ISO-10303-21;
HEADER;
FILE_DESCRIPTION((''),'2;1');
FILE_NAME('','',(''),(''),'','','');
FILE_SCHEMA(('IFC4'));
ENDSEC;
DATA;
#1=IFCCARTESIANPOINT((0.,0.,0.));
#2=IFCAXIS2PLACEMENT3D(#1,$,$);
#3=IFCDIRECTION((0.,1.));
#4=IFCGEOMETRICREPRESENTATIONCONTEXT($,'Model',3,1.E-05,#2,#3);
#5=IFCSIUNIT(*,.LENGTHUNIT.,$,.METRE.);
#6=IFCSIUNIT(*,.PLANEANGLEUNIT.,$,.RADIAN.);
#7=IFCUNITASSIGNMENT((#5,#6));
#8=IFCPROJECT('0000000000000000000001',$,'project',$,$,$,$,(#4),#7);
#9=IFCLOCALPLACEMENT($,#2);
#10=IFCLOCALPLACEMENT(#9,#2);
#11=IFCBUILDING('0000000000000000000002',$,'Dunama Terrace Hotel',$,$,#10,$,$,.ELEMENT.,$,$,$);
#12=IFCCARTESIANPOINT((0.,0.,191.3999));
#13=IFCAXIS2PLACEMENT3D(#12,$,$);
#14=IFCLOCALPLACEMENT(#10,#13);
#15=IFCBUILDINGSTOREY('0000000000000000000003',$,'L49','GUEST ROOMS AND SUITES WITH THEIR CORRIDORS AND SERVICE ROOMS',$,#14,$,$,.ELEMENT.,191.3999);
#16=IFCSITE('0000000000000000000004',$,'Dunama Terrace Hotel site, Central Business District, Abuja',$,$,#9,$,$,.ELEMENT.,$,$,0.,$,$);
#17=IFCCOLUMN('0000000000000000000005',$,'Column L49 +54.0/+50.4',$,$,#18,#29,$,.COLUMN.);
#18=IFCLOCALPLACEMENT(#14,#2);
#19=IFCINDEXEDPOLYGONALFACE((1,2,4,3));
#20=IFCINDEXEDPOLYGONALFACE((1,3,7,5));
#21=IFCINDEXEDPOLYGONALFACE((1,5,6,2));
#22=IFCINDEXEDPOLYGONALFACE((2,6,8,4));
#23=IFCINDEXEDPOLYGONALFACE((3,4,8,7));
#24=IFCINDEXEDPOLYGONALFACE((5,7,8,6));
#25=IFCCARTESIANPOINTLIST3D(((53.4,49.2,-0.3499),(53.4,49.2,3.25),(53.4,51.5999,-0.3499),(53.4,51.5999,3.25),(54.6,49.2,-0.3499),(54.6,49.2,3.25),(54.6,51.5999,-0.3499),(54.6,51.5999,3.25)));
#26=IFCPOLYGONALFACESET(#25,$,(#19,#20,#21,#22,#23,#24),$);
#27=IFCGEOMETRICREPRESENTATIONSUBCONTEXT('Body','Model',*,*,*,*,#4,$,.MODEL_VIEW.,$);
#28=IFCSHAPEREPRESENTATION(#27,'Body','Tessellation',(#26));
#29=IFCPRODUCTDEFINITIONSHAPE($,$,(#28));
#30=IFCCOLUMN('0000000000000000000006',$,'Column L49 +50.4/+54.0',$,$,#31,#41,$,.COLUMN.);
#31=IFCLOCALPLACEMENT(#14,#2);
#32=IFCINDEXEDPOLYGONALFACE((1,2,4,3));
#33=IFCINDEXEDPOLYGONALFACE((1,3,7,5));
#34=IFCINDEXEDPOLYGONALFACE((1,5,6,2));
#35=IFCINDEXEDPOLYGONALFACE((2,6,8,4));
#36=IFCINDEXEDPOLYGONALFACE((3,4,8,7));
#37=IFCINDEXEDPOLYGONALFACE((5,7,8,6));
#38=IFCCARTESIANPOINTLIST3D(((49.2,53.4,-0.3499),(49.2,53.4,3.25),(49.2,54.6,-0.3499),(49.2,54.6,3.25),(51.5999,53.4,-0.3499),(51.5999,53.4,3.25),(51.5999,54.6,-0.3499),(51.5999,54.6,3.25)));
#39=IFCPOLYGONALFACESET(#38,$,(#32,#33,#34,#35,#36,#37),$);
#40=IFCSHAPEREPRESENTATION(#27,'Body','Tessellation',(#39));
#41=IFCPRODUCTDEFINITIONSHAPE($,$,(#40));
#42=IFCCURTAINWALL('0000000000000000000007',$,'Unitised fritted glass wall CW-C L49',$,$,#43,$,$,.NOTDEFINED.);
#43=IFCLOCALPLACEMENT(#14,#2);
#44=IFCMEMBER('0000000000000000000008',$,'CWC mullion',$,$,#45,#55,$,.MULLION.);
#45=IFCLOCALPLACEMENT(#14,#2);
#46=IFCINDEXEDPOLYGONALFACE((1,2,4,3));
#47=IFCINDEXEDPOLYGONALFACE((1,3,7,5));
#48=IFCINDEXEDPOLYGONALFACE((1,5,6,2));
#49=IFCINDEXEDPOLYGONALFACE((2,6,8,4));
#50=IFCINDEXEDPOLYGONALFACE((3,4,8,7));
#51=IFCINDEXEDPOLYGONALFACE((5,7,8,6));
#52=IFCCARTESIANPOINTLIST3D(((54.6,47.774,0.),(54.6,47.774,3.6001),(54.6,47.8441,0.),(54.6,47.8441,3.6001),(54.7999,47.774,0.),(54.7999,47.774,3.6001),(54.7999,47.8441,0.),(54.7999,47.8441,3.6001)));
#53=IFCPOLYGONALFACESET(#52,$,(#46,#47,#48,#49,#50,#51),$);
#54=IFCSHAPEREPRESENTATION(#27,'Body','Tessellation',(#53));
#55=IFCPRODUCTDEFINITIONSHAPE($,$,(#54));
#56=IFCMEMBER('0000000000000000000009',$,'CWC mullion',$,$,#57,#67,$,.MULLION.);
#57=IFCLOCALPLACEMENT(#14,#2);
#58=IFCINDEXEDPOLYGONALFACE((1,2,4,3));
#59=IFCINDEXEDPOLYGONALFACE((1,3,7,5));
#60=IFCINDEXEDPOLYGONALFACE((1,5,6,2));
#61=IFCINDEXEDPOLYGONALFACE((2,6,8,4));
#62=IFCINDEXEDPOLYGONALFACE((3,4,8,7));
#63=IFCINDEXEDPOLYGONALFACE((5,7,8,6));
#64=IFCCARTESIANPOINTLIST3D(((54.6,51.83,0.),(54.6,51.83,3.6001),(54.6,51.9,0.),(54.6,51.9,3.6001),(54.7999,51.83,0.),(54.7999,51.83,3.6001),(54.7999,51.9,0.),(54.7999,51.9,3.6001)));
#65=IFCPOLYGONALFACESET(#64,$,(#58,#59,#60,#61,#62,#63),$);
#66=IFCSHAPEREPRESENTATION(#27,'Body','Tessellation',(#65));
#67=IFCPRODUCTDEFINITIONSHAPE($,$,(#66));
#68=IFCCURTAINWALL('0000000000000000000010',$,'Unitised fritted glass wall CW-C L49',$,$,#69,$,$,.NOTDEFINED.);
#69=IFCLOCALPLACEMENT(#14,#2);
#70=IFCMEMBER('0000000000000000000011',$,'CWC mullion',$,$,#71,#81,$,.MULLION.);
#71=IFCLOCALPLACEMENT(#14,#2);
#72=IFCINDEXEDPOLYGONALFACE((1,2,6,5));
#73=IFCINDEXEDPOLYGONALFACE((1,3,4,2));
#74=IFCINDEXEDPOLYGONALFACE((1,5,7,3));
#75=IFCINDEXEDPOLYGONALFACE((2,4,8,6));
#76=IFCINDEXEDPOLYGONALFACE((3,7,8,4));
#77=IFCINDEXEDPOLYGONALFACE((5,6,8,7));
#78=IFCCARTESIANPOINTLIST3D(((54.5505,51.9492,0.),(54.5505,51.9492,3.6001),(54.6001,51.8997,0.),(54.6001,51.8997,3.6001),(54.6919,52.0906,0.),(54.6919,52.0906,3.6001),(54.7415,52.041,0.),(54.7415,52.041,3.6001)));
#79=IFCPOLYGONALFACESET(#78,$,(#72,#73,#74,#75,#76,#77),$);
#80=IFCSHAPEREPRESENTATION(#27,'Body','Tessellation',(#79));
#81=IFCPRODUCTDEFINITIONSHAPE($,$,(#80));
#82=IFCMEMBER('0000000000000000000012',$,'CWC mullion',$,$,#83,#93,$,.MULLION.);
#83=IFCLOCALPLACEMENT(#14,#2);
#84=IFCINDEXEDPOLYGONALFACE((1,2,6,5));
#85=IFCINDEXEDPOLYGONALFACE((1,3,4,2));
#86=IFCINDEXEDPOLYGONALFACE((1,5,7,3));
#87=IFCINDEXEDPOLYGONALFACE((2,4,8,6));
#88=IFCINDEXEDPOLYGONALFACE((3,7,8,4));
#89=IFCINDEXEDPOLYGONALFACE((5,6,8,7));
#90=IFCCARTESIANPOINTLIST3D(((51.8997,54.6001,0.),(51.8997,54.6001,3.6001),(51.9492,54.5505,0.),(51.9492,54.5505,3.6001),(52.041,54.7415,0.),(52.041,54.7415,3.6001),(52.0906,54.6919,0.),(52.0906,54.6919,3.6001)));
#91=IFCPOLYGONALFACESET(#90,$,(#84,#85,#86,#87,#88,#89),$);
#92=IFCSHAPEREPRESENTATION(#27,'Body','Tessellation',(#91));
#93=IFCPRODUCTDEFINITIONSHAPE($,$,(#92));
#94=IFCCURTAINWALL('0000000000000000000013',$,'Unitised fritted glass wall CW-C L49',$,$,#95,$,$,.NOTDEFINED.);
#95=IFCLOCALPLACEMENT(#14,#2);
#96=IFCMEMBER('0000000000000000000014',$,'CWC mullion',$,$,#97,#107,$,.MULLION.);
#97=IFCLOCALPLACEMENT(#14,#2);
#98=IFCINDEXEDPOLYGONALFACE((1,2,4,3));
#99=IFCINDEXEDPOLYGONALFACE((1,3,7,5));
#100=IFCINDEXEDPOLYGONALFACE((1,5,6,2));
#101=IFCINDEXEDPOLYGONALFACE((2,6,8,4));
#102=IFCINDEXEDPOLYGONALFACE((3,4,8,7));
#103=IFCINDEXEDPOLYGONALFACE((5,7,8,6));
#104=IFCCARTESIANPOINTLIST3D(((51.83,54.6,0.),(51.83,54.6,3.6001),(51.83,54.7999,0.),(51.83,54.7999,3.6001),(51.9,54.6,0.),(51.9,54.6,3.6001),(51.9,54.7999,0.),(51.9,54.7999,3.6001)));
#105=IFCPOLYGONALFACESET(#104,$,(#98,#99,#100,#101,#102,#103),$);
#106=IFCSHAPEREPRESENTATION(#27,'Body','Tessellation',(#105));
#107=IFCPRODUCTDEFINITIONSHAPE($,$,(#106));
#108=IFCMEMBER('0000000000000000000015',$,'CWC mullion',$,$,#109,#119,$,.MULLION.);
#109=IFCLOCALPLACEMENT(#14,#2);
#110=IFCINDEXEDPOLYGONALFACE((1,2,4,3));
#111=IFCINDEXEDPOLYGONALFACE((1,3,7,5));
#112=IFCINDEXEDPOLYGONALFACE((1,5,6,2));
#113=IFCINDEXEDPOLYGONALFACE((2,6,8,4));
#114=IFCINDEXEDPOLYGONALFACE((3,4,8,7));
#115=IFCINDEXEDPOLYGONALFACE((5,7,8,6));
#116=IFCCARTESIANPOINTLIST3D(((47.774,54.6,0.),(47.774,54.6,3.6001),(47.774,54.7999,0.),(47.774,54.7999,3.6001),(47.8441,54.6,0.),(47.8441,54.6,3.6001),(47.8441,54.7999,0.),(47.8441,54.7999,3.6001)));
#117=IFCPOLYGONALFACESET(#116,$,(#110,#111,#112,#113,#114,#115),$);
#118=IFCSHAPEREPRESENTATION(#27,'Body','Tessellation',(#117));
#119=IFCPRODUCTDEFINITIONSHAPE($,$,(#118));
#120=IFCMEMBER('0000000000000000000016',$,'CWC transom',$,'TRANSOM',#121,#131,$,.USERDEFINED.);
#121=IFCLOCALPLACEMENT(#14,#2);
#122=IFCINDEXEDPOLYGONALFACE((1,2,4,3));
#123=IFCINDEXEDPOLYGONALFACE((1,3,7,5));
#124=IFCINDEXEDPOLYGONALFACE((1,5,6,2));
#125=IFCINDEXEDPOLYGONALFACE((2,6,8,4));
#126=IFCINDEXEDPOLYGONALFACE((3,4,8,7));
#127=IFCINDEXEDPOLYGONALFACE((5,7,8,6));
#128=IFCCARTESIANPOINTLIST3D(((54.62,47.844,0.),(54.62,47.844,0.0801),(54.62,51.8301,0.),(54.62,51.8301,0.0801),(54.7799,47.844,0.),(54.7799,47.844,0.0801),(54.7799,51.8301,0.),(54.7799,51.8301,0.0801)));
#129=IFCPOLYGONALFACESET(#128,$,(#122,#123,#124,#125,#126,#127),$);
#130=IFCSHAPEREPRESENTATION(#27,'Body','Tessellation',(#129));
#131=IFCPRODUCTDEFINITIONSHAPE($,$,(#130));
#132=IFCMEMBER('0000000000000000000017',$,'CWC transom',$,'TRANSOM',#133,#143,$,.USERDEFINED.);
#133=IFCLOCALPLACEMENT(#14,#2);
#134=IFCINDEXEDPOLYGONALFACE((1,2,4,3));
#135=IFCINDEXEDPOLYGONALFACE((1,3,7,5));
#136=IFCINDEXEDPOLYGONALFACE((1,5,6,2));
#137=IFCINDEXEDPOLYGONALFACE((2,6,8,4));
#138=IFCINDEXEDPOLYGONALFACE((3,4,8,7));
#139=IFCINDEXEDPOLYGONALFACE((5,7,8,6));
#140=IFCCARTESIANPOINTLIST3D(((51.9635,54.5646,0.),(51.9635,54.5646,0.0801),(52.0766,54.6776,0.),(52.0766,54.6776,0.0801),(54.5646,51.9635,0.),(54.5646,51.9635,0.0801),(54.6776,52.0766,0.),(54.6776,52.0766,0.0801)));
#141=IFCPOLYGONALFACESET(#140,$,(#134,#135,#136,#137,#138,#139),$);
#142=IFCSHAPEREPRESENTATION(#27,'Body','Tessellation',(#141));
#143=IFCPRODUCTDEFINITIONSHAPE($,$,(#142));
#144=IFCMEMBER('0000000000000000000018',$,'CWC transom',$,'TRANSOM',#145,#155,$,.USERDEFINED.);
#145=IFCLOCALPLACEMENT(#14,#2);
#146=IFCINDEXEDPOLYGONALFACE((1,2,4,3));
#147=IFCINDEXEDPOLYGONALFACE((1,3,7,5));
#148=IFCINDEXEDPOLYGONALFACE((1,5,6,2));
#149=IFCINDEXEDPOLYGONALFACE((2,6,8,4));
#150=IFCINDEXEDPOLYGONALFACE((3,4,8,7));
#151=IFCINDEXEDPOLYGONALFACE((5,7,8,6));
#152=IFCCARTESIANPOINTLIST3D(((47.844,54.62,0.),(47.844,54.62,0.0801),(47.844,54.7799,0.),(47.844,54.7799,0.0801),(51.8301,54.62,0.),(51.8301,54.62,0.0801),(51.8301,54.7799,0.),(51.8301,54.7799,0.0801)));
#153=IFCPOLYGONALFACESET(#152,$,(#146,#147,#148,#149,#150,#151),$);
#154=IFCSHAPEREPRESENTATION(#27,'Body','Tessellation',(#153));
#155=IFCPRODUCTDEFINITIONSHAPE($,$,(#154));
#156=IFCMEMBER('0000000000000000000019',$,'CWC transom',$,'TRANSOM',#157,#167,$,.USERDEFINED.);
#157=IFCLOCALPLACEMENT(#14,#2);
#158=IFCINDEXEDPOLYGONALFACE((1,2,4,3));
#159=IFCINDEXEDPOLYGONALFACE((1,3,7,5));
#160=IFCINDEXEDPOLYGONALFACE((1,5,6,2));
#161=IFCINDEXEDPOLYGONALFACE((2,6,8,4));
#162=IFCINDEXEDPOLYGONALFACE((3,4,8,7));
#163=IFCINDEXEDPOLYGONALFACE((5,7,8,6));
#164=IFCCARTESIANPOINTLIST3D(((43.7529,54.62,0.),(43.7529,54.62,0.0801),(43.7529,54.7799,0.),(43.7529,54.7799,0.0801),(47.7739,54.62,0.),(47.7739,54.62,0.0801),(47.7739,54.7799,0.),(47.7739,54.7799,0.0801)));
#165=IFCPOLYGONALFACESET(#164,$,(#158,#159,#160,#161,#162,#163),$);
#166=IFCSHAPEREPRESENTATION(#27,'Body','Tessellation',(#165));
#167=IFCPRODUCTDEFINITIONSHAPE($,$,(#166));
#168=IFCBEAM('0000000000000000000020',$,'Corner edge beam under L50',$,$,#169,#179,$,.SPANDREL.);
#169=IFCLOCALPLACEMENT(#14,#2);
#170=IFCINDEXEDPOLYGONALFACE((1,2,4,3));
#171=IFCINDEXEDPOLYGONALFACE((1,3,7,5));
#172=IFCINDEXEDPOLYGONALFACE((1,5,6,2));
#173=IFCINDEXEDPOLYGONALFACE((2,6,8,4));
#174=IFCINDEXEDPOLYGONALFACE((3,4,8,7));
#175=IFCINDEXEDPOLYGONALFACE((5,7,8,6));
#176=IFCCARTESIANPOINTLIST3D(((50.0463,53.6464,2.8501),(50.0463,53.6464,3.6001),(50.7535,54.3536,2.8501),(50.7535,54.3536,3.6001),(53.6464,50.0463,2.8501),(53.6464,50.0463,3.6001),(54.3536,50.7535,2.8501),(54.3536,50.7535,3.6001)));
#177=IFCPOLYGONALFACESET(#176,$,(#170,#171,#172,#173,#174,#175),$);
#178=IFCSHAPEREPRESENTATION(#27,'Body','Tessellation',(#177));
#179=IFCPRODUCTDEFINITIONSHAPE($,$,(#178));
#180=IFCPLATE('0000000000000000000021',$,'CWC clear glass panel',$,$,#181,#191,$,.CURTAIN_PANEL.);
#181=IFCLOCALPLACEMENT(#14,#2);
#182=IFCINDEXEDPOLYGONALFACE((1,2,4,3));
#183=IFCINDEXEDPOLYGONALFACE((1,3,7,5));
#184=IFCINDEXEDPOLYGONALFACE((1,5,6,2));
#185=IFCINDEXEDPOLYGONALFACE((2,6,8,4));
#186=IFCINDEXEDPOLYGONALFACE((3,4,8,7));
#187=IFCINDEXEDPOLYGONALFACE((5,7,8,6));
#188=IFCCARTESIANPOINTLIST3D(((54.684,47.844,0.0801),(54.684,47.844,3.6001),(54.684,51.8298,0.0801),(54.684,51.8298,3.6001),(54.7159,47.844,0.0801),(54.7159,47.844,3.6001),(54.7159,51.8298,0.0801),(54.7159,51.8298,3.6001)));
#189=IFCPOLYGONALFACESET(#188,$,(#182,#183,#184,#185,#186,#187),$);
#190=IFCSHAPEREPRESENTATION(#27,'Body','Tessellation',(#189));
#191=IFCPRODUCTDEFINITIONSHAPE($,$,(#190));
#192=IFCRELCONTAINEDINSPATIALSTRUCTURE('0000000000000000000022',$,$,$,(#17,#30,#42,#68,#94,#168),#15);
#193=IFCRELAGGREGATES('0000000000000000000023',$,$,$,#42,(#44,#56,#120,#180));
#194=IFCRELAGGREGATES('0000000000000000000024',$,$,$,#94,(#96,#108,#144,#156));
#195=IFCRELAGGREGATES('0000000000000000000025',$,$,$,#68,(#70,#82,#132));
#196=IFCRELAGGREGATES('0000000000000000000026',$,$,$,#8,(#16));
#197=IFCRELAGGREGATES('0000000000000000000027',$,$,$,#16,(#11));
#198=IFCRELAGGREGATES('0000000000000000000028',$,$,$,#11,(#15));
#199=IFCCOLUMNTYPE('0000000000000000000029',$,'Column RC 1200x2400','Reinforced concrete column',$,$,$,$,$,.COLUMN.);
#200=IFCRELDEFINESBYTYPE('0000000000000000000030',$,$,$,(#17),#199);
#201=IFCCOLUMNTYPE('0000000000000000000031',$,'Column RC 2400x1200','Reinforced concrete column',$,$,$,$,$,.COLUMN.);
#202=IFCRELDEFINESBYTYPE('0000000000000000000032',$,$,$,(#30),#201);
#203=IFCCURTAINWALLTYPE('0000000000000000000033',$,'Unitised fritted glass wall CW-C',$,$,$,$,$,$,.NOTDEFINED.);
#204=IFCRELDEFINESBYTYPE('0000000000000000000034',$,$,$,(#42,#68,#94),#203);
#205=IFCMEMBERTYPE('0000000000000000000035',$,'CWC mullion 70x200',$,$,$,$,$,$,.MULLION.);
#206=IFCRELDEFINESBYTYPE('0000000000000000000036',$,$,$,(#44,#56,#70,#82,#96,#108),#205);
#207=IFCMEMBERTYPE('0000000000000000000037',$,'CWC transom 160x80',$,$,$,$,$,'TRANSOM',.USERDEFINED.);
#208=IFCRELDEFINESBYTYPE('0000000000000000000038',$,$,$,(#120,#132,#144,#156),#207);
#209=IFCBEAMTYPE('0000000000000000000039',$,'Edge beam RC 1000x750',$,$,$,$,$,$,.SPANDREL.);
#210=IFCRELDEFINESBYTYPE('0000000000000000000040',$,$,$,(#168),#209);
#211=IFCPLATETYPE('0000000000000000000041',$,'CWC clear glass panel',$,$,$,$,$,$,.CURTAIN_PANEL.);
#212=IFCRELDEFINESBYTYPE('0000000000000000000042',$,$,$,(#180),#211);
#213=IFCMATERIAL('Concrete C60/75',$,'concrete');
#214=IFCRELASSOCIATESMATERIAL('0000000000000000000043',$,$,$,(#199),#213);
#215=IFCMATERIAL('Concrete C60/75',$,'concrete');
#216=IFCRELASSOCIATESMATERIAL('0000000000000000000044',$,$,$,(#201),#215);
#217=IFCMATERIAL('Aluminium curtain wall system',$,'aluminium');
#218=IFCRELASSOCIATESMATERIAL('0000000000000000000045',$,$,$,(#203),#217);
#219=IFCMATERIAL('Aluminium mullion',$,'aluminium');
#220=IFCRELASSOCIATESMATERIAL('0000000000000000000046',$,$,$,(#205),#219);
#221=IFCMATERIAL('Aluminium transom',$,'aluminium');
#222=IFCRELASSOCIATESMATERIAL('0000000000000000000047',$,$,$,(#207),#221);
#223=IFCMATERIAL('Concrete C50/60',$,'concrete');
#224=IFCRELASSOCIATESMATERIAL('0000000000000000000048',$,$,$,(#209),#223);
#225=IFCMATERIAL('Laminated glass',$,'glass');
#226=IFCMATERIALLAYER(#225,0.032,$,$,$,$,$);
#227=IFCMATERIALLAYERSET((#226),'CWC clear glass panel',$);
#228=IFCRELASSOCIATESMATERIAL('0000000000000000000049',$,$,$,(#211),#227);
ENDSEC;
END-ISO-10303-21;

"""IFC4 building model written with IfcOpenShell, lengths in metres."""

from ifc_helpers import new_model, si_unit, direction, frame, origin, origin_2d, place, context, subcontext, project, spatial, rectangle, extrude, material, layer, layer_set, material_profile, profile_set, type_object, element, aggregate, save


model = new_model("IFC4")

# Units and contexts
model_context = context("Model", 3, precision=1e-05, world=origin(), true_north=direction((0.0, 1.0)))
body_context = subcontext(model_context, "Body", "Model", "MODEL_VIEW")
ifc_project = project(units=[si_unit("LENGTHUNIT", "METRE"), si_unit("PLANEANGLEUNIT", "RADIAN")], contexts=[model_context])

# Site, building, storey
site_placement = place(None, origin())
site = spatial("IfcSite", under=ifc_project, at=site_placement, Name="Dunama Terrace Hotel site, Central Business District, Abuja", CompositionType="ELEMENT", RefElevation=0.0)
building_placement = place(site_placement, origin())
building = spatial("IfcBuilding", under=site, at=building_placement, Name="Dunama Terrace Hotel", CompositionType="ELEMENT")
storey_placement = place(building_placement, frame((0.0, 0.0, 191.3999)))
storey = spatial("IfcBuildingStorey", under=building, at=storey_placement, Name="L49", Description="GUEST ROOMS AND SUITES WITH THEIR CORRIDORS AND SERVICE ROOMS", CompositionType="ELEMENT", Elevation=191.3999)

# Columns
ifc_material_1 = material(Name="Concrete C60/75", Category="concrete")
ifc_material_profile_1 = material_profile(ifc_material_1, rectangle(XDim=1.2, YDim=2.3999, at=origin_2d()), Name="RC 1200x2400")
ifc_profile_set_1 = profile_set([ifc_material_profile_1], Name="Concrete C60/75")
column_type_1 = type_object("IfcColumnType", Name="Column RC 1200x2400", Description="Reinforced concrete column", PredefinedType="COLUMN", material=ifc_profile_set_1)
column_1_placement = place(storey_placement, frame((54.0, 50.3999, -0.3499), z_axis=(0.0, 0.0, 1.0), x_axis=(1.0, 0.0, 0.0)))
element("IfcColumn", 1, at=column_1_placement, inside=storey, type_object=column_type_1, Name="Column L49 +54.0/+50.4", PredefinedType="COLUMN", context=body_context, shape_type="SweptSolid", body=[
    extrude(rectangle(XDim=1.2, YDim=2.3999, at=origin_2d()), origin(), (0.0, 0.0, 1.0), 3.5999),
])
ifc_material_2 = material(Name="Concrete C60/75", Category="concrete")
ifc_material_profile_2 = material_profile(ifc_material_2, rectangle(XDim=2.3999, YDim=1.2, at=origin_2d()), Name="RC 2400x1200")
ifc_profile_set_2 = profile_set([ifc_material_profile_2], Name="Concrete C60/75")
column_type_2 = type_object("IfcColumnType", Name="Column RC 2400x1200", Description="Reinforced concrete column", PredefinedType="COLUMN", material=ifc_profile_set_2)
column_2_placement = place(storey_placement, frame((50.3999, 54.0, -0.3499), z_axis=(0.0, 0.0, 1.0), x_axis=(1.0, 0.0, 0.0)))
element("IfcColumn", 2, at=column_2_placement, inside=storey, type_object=column_type_2, Name="Column L49 +50.4/+54.0", PredefinedType="COLUMN", context=body_context, shape_type="SweptSolid", body=[
    extrude(rectangle(XDim=2.3999, YDim=1.2, at=origin_2d()), origin(), (0.0, 0.0, 1.0), 3.5999),
])

# Curtain walls, members
ifc_material_3 = material(Name="Aluminium curtain wall system", Category="aluminium")
curtain_wall_type = type_object("IfcCurtainWallType", Name="Unitised fritted glass wall CW-C", PredefinedType="NOTDEFINED", material=ifc_material_3)
curtain_wall_1_placement = place(storey_placement, origin())
curtain_wall_1 = element("IfcCurtainWall", 3, at=curtain_wall_1_placement, inside=storey, type_object=curtain_wall_type, Name="Unitised fritted glass wall CW-C L49", PredefinedType="NOTDEFINED")
ifc_material_4 = material(Name="Aluminium mullion", Category="aluminium")
ifc_material_profile_3 = material_profile(ifc_material_4, rectangle(XDim=0.0701, YDim=0.2, at=origin_2d()), Name="CWC MULLION 70X200")
ifc_profile_set_3 = profile_set([ifc_material_profile_3], Name="Aluminium mullion")
member_type_1 = type_object("IfcMemberType", Name="CWC mullion 70x200", PredefinedType="MULLION", material=ifc_profile_set_3)
member_1_placement = place(storey_placement, frame((54.7, 47.8091, 0.0), z_axis=(0.0, 0.0, 1.0), x_axis=(0.0, 1.0, 0.0)))
member_1 = element("IfcMember", 4, at=member_1_placement, type_object=member_type_1, Name="CWC mullion", PredefinedType="MULLION", context=body_context, shape_type="SweptSolid", body=[
    extrude(rectangle(XDim=0.0701, YDim=0.2, at=origin_2d()), origin(), (0.0, 0.0, 1.0), 3.6001),
])
member_2_placement = place(storey_placement, frame((54.7, 51.865, 0.0), z_axis=(0.0, 0.0, 1.0), x_axis=(0.0, 1.0, 0.0)))
member_2 = element("IfcMember", 5, at=member_2_placement, type_object=member_type_1, Name="CWC mullion", PredefinedType="MULLION", context=body_context, shape_type="SweptSolid", body=[
    extrude(rectangle(XDim=0.0701, YDim=0.2, at=origin_2d()), origin(), (0.0, 0.0, 1.0), 3.6001),
])
curtain_wall_2_placement = place(storey_placement, origin())
curtain_wall_2 = element("IfcCurtainWall", 6, at=curtain_wall_2_placement, inside=storey, type_object=curtain_wall_type, Name="Unitised fritted glass wall CW-C L49", PredefinedType="NOTDEFINED")
member_3_placement = place(storey_placement, frame((54.646, 51.9951, 0.0), z_axis=(0.0, 0.0, 1.0), x_axis=(-0.707107, 0.707107, 0.0)))
member_3 = element("IfcMember", 7, at=member_3_placement, type_object=member_type_1, Name="CWC mullion", PredefinedType="MULLION", context=body_context, shape_type="SweptSolid", body=[
    extrude(rectangle(XDim=0.0701, YDim=0.2, at=origin_2d()), origin(), (0.0, 0.0, 1.0), 3.6001),
])
member_4_placement = place(storey_placement, frame((51.9951, 54.646, 0.0), z_axis=(0.0, 0.0, 1.0), x_axis=(-0.707107, 0.707107, 0.0)))
member_4 = element("IfcMember", 8, at=member_4_placement, type_object=member_type_1, Name="CWC mullion", PredefinedType="MULLION", context=body_context, shape_type="SweptSolid", body=[
    extrude(rectangle(XDim=0.0701, YDim=0.2, at=origin_2d()), origin(), (0.0, 0.0, 1.0), 3.6001),
])
curtain_wall_3_placement = place(storey_placement, origin())
curtain_wall_3 = element("IfcCurtainWall", 9, at=curtain_wall_3_placement, inside=storey, type_object=curtain_wall_type, Name="Unitised fritted glass wall CW-C L49", PredefinedType="NOTDEFINED")
member_5_placement = place(storey_placement, frame((51.865, 54.7, 0.0), z_axis=(0.0, 0.0, 1.0), x_axis=(-1.0, 0.0, 0.0)))
member_5 = element("IfcMember", 10, at=member_5_placement, type_object=member_type_1, Name="CWC mullion", PredefinedType="MULLION", context=body_context, shape_type="SweptSolid", body=[
    extrude(rectangle(XDim=0.0701, YDim=0.2, at=origin_2d()), origin(), (0.0, 0.0, 1.0), 3.6001),
])
member_6_placement = place(storey_placement, frame((47.8091, 54.7, 0.0), z_axis=(0.0, 0.0, 1.0), x_axis=(-1.0, 0.0, 0.0)))
member_6 = element("IfcMember", 11, at=member_6_placement, type_object=member_type_1, Name="CWC mullion", PredefinedType="MULLION", context=body_context, shape_type="SweptSolid", body=[
    extrude(rectangle(XDim=0.0701, YDim=0.2, at=origin_2d()), origin(), (0.0, 0.0, 1.0), 3.6001),
])

# Members
ifc_material_5 = material(Name="Aluminium transom", Category="aluminium")
ifc_material_profile_4 = material_profile(ifc_material_5, rectangle(XDim=0.1599, YDim=0.0801, at=origin_2d()), Name="CWC TRANSOM 160X80")
ifc_profile_set_4 = profile_set([ifc_material_profile_4], Name="Aluminium transom")
member_type_2 = type_object("IfcMemberType", Name="CWC transom 160x80", ElementType="TRANSOM", PredefinedType="USERDEFINED", material=ifc_profile_set_4)
member_7_placement = place(storey_placement, frame((54.7, 47.844, 0.04), z_axis=(0.0, 1.0, 0.0), x_axis=(-1.0, 0.0, 0.0)))
member_7 = element("IfcMember", 12, at=member_7_placement, type_object=member_type_2, Name="CWC transom", ObjectType="TRANSOM", PredefinedType="USERDEFINED", context=body_context, shape_type="SweptSolid", body=[
    extrude(rectangle(XDim=0.1599, YDim=0.0801, at=origin_2d()), origin(), (0.0, 0.0, 1.0), 3.9861),
])
member_8_placement = place(storey_placement, frame((54.6211, 52.02, 0.04), z_axis=(-0.707107, 0.707107, 0.0), x_axis=(-0.707107, -0.707107, 0.0)))
member_8 = element("IfcMember", 13, at=member_8_placement, type_object=member_type_2, Name="CWC transom", ObjectType="TRANSOM", PredefinedType="USERDEFINED", context=body_context, shape_type="SweptSolid", body=[
    extrude(rectangle(XDim=0.1599, YDim=0.0801, at=origin_2d()), origin(), (0.0, 0.0, 1.0), 3.6785),
])
member_9_placement = place(storey_placement, frame((51.8301, 54.7, 0.04), z_axis=(-1.0, 0.0, 0.0), x_axis=(0.0, -1.0, 0.0)))
member_9 = element("IfcMember", 14, at=member_9_placement, type_object=member_type_2, Name="CWC transom", ObjectType="TRANSOM", PredefinedType="USERDEFINED", context=body_context, shape_type="SweptSolid", body=[
    extrude(rectangle(XDim=0.1599, YDim=0.0801, at=origin_2d()), origin(), (0.0, 0.0, 1.0), 3.9861),
])
member_10_placement = place(storey_placement, frame((47.7739, 54.7, 0.04), z_axis=(-1.0, 0.0, 0.0), x_axis=(0.0, -1.0, 0.0)))
member_10 = element("IfcMember", 15, at=member_10_placement, type_object=member_type_2, Name="CWC transom", ObjectType="TRANSOM", PredefinedType="USERDEFINED", context=body_context, shape_type="SweptSolid", body=[
    extrude(rectangle(XDim=0.1599, YDim=0.0801, at=origin_2d()), origin(), (0.0, 0.0, 1.0), 4.021),
])

# Beam
ifc_material_6 = material(Name="Concrete C50/60", Category="concrete")
ifc_material_profile_5 = material_profile(ifc_material_6, rectangle(XDim=1.0, YDim=0.75, at=origin_2d()), Name="RC 1000x750")
ifc_profile_set_5 = profile_set([ifc_material_profile_5], Name="Concrete C50/60")
beam_type = type_object("IfcBeamType", Name="Edge beam RC 1000x750", PredefinedType="SPANDREL", material=ifc_profile_set_5)
beam_placement = place(storey_placement, frame((50.3999, 54.0, 3.2251), z_axis=(0.707107, -0.707107, 0.0), x_axis=(0.707107, 0.707107, 0.0)))
element("IfcBeam", 16, at=beam_placement, inside=storey, type_object=beam_type, Name="Corner edge beam under L50", PredefinedType="SPANDREL", context=body_context, shape_type="SweptSolid", body=[
    extrude(rectangle(XDim=1.0, YDim=0.75, at=origin_2d()), origin(), (0.0, 0.0, 1.0), 5.0913),
])

# Plate
ifc_material_7 = material(Name="Laminated glass", Category="glass")
ifc_layer_1 = layer(ifc_material_7, 0.032)
ifc_layer_set_1 = layer_set([ifc_layer_1], Name="CWC clear glass panel")
plate_type_1 = type_object("IfcPlateType", Name="CWC clear glass panel", PredefinedType="CURTAIN_PANEL", material=ifc_layer_set_1)
plate_1_placement = place(storey_placement, frame((54.7, 49.8369, 0.0801), z_axis=(0.0, 0.0, 1.0), x_axis=(0.0, 1.0, 0.0)))
plate_1 = element("IfcPlate", 17, at=plate_1_placement, type_object=plate_type_1, Name="CWC clear glass panel", PredefinedType="CURTAIN_PANEL", context=body_context, shape_type="SweptSolid", body=[
    extrude(rectangle(XDim=3.9858, YDim=0.032, at=origin_2d()), origin(), (0.0, 0.0, 1.0), 3.52),
])
aggregate(curtain_wall_1, [member_1, member_2, member_7, plate_1])
aggregate(curtain_wall_3, [member_5, member_6, member_9, member_10])
aggregate(curtain_wall_2, [member_3, member_4, member_8])

save(model, "model.ifc")
